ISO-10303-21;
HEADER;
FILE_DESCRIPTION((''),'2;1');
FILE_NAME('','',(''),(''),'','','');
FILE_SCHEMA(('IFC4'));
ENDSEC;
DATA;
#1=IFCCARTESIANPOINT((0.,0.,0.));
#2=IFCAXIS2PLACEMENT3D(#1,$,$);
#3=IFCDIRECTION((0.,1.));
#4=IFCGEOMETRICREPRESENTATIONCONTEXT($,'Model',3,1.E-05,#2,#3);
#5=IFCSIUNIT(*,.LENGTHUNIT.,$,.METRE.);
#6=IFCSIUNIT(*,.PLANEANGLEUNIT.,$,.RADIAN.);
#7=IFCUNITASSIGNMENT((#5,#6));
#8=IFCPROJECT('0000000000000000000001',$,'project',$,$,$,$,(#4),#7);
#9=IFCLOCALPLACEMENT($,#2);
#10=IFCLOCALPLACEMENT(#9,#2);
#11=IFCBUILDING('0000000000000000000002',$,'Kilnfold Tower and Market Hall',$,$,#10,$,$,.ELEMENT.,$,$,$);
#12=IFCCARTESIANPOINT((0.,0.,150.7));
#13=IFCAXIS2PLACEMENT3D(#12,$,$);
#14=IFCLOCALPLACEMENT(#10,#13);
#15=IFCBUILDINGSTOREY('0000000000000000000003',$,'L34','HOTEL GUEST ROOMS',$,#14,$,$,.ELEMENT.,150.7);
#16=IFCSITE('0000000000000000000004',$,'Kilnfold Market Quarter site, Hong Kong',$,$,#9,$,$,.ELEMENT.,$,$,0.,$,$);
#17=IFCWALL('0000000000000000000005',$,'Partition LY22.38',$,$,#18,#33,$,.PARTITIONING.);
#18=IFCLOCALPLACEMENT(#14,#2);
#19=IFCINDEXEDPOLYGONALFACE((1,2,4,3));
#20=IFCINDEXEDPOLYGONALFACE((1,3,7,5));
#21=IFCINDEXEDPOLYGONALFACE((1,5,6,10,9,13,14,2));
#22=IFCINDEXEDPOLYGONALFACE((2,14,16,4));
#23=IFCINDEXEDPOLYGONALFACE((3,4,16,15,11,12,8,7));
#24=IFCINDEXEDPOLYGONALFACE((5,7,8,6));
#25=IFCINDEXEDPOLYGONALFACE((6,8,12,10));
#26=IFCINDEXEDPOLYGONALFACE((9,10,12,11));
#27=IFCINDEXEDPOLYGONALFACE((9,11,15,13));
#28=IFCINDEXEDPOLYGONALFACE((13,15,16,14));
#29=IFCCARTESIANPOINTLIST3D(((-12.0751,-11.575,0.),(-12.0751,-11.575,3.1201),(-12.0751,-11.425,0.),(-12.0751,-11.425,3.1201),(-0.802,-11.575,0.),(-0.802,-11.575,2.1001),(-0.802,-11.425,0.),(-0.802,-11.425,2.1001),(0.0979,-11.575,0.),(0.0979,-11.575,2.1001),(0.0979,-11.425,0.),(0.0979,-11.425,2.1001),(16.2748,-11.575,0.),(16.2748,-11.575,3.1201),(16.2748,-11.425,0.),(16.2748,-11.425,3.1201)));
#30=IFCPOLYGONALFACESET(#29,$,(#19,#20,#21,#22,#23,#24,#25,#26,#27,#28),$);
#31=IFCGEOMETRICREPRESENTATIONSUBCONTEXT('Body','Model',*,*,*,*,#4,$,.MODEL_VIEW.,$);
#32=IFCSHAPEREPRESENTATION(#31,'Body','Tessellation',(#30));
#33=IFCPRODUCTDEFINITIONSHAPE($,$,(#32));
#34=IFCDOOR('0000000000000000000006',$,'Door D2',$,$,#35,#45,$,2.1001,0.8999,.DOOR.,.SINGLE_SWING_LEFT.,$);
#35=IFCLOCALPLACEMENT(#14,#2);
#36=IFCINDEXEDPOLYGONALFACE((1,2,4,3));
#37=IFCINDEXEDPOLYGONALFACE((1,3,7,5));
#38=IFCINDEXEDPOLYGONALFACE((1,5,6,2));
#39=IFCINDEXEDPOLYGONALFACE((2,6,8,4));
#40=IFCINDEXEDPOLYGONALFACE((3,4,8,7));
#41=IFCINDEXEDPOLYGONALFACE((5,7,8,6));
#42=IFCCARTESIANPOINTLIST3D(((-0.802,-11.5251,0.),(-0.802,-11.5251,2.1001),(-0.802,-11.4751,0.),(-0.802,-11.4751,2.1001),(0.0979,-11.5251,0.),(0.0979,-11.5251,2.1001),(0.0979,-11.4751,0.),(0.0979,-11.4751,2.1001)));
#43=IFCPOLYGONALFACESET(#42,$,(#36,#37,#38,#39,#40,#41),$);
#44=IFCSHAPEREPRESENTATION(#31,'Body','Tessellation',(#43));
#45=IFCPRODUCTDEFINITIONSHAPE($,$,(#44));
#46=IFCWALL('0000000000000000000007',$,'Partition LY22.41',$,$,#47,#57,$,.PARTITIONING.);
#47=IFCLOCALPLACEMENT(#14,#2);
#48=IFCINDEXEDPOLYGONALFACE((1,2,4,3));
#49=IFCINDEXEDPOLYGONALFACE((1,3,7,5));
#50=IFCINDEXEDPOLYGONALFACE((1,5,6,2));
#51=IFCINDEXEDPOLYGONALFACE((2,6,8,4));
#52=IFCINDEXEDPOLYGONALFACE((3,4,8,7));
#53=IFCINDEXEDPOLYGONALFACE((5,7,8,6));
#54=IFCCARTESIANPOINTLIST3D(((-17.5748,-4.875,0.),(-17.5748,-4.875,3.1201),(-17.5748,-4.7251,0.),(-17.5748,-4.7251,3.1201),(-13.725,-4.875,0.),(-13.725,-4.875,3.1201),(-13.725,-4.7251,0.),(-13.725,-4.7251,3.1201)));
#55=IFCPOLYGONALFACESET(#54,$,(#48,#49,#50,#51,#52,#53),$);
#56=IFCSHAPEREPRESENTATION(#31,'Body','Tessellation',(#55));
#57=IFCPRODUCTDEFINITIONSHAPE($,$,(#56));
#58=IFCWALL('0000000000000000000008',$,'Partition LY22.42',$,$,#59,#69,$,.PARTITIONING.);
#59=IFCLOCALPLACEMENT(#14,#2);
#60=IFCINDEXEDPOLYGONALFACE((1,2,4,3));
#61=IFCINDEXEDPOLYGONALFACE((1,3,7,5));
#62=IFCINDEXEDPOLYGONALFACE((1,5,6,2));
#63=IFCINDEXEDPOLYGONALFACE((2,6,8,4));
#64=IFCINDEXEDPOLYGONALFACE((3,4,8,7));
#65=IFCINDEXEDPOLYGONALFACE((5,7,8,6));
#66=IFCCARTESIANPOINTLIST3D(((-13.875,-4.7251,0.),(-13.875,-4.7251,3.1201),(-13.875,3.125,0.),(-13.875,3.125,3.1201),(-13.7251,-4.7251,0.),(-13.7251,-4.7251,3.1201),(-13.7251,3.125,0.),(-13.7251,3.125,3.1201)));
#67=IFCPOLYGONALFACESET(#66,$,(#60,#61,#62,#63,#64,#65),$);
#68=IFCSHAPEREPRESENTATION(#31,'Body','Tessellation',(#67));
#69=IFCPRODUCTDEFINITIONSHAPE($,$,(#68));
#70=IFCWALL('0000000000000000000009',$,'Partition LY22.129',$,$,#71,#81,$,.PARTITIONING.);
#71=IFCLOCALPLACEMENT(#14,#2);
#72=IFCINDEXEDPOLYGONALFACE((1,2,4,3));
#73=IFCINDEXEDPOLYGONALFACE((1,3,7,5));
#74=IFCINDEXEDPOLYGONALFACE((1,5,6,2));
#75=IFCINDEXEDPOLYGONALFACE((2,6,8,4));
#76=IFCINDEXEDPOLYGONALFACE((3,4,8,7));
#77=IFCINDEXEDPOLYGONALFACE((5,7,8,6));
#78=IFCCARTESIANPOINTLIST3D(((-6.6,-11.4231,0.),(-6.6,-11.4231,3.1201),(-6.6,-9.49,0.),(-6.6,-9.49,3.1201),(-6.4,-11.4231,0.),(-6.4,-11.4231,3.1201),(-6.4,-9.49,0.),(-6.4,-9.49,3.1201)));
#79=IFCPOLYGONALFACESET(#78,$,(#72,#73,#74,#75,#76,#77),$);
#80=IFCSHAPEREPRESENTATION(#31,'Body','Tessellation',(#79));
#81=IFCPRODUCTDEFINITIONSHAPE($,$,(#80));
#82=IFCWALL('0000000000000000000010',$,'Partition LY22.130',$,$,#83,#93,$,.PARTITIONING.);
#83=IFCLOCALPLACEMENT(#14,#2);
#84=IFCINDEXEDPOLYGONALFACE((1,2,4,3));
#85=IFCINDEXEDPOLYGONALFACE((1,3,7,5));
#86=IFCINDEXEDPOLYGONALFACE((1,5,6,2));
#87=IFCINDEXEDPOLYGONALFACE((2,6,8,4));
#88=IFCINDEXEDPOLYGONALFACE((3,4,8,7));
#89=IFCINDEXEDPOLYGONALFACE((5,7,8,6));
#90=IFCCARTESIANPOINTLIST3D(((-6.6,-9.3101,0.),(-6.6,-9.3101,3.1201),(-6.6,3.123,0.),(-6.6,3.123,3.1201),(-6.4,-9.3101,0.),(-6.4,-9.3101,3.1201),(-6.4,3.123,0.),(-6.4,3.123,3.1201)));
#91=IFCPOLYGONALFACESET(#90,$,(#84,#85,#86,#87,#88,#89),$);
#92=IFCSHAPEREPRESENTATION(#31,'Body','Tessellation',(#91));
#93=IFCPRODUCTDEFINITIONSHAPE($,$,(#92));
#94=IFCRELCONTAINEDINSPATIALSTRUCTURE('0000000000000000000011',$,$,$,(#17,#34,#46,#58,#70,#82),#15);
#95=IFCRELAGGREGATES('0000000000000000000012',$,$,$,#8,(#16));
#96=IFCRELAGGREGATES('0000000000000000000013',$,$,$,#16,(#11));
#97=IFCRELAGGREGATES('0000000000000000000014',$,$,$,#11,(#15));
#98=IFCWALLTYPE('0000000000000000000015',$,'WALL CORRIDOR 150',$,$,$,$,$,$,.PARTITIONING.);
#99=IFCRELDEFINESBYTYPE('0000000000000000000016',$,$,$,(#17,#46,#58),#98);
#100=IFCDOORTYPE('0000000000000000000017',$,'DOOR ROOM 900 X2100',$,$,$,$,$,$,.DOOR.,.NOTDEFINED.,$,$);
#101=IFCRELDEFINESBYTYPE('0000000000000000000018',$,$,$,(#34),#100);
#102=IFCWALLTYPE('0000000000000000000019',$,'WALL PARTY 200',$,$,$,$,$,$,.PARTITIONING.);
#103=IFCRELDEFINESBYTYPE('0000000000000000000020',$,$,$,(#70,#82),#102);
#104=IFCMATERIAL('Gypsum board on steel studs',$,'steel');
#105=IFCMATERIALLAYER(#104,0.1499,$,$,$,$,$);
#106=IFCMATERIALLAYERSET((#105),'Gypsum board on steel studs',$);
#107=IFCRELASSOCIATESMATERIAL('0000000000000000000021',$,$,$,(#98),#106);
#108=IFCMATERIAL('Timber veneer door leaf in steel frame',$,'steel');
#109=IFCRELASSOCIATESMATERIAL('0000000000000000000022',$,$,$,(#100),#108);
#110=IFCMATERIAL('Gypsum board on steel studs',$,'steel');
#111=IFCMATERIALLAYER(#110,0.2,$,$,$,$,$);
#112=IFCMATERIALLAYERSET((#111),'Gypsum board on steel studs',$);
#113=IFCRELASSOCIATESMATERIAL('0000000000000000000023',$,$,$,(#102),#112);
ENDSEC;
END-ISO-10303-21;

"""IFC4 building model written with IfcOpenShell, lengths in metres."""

from ifc_helpers import new_model, si_unit, direction, frame, frame_2d, origin, place, context, subcontext, project, spatial, rectangle, extrude, material, layer, layer_set, type_object, element, fill, save


model = new_model("IFC4")

# Units and contexts
model_context = context("Model", 3, precision=1e-05, world=origin(), true_north=direction((0.0, 1.0)))
body_context = subcontext(model_context, "Body", "Model", "MODEL_VIEW")
ifc_project = project(units=[si_unit("LENGTHUNIT", "METRE"), si_unit("PLANEANGLEUNIT", "RADIAN")], contexts=[model_context])

# Site, building, storey
site_placement = place(None, origin())
site = spatial("IfcSite", under=ifc_project, at=site_placement, Name="Kilnfold Market Quarter site, Hong Kong", CompositionType="ELEMENT", RefElevation=0.0)
building_placement = place(site_placement, origin())
building = spatial("IfcBuilding", under=site, at=building_placement, Name="Kilnfold Tower and Market Hall", CompositionType="ELEMENT")
storey_placement = place(building_placement, frame((0.0, 0.0, 150.7)))
storey = spatial("IfcBuildingStorey", under=building, at=storey_placement, Name="L34", Description="HOTEL GUEST ROOMS", CompositionType="ELEMENT", Elevation=150.7)

# Shared definitions
ifc_material_1 = material(Name="Gypsum board on steel studs", Category="steel")
ifc_layer_1 = layer(ifc_material_1, 0.1499)
ifc_layer_set_1 = layer_set([ifc_layer_1], Name="Gypsum board on steel studs")
wall_type_1 = type_object("IfcWallType", Name="WALL CORRIDOR 150", PredefinedType="PARTITIONING", material=ifc_layer_set_1)

# Shared definitions
ifc_material_2 = material(Name="Timber veneer door leaf in steel frame", Category="steel")
door_type_1 = type_object("IfcDoorType", Name="DOOR ROOM 900 X2100", OperationType="NOTDEFINED", PredefinedType="DOOR", material=ifc_material_2)

# Wall, opening, door
wall_1_placement = place(storey_placement, frame((-12.075, -11.5, 0.0), z_axis=(0.0, 0.0, 1.0), x_axis=(1.0, 0.0, 0.0)))
wall_1 = element("IfcWall", 1, at=wall_1_placement, inside=storey, type_object=wall_type_1, Name="Partition LY22.38", PredefinedType="PARTITIONING", context=body_context, shape_type="SweptSolid", body=[
    extrude(rectangle(XDim=28.3499, YDim=0.1499, at=frame_2d((14.1748, 0.0))), origin(), (0.0, 0.0, 1.0), 3.1201),
])
opening_1_placement = place(wall_1_placement, frame((11.2729, 0.0, 0.0)))
opening_1 = element("IfcOpeningElement", 2, at=opening_1_placement, cuts=wall_1, PredefinedType="OPENING", context=body_context, shape_type="SweptSolid", body=[
    extrude(rectangle(XDim=0.8999, YDim=2.1001, at=frame_2d((0.45, 1.05))), frame((0.0, 0.085, 0.0), z_axis=(0.0, -1.0, 0.0), x_axis=(1.0, 0.0, 0.0)), (0.0, 0.0, 1.0), 0.1699),
])
door_1_placement = place(opening_1_placement, origin())
door_1 = element("IfcDoor", 3, at=door_1_placement, inside=storey, type_object=door_type_1, Name="Door D2", OperationType="SINGLE_SWING_LEFT", OverallHeight=2.1001, OverallWidth=0.8999, PredefinedType="DOOR", context=body_context, shape_type="SweptSolid", body=[
    extrude(rectangle(XDim=0.8999, YDim=2.1001, at=frame_2d((0.45, 1.05))), frame((0.0, 0.0249, 0.0), z_axis=(0.0, -1.0, 0.0), x_axis=(1.0, 0.0, 0.0)), (0.0, 0.0, 1.0), 0.05),
])
fill(opening_1, door_1)

# Walls
wall_2_placement = place(storey_placement, frame((-13.7251, -4.8, 0.0), z_axis=(0.0, 0.0, 1.0), x_axis=(-1.0, 0.0, 0.0)))
element("IfcWall", 4, at=wall_2_placement, inside=storey, type_object=wall_type_1, Name="Partition LY22.41", PredefinedType="PARTITIONING", context=body_context, shape_type="SweptSolid", body=[
    extrude(rectangle(XDim=3.8499, YDim=0.1499, at=frame_2d((1.9248, 0.0))), origin(), (0.0, 0.0, 1.0), 3.1201),
])
wall_3_placement = place(storey_placement, frame((-13.8, 3.125, 0.0), z_axis=(0.0, 0.0, 1.0), x_axis=(0.0, -1.0, 0.0)))
element("IfcWall", 5, at=wall_3_placement, inside=storey, type_object=wall_type_1, Name="Partition LY22.42", PredefinedType="PARTITIONING", context=body_context, shape_type="SweptSolid", body=[
    extrude(rectangle(XDim=7.8501, YDim=0.1499, at=frame_2d((3.925, 0.0))), origin(), (0.0, 0.0, 1.0), 3.1201),
])
ifc_material_3 = material(Name="Gypsum board on steel studs", Category="steel")
ifc_layer_2 = layer(ifc_material_3, 0.2)
ifc_layer_set_2 = layer_set([ifc_layer_2], Name="Gypsum board on steel studs")
wall_type_2 = type_object("IfcWallType", Name="WALL PARTY 200", PredefinedType="PARTITIONING", material=ifc_layer_set_2)
wall_4_placement = place(storey_placement, frame((-6.5, -11.4231, 0.0), z_axis=(0.0, 0.0, 1.0), x_axis=(0.0, 1.0, 0.0)))
element("IfcWall", 6, at=wall_4_placement, inside=storey, type_object=wall_type_2, Name="Partition LY22.129", PredefinedType="PARTITIONING", context=body_context, shape_type="SweptSolid", body=[
    extrude(rectangle(XDim=1.9331, YDim=0.2, at=frame_2d((0.9666, 0.0))), origin(), (0.0, 0.0, 1.0), 3.1201),
])
wall_5_placement = place(storey_placement, frame((-6.5, -9.3101, 0.0), z_axis=(0.0, 0.0, 1.0), x_axis=(0.0, 1.0, 0.0)))
element("IfcWall", 7, at=wall_5_placement, inside=storey, type_object=wall_type_2, Name="Partition LY22.130", PredefinedType="PARTITIONING", context=body_context, shape_type="SweptSolid", body=[
    extrude(rectangle(XDim=12.4331, YDim=0.2, at=frame_2d((6.2166, 0.0))), origin(), (0.0, 0.0, 1.0), 3.1201),
])

save(model, "model.ifc")
